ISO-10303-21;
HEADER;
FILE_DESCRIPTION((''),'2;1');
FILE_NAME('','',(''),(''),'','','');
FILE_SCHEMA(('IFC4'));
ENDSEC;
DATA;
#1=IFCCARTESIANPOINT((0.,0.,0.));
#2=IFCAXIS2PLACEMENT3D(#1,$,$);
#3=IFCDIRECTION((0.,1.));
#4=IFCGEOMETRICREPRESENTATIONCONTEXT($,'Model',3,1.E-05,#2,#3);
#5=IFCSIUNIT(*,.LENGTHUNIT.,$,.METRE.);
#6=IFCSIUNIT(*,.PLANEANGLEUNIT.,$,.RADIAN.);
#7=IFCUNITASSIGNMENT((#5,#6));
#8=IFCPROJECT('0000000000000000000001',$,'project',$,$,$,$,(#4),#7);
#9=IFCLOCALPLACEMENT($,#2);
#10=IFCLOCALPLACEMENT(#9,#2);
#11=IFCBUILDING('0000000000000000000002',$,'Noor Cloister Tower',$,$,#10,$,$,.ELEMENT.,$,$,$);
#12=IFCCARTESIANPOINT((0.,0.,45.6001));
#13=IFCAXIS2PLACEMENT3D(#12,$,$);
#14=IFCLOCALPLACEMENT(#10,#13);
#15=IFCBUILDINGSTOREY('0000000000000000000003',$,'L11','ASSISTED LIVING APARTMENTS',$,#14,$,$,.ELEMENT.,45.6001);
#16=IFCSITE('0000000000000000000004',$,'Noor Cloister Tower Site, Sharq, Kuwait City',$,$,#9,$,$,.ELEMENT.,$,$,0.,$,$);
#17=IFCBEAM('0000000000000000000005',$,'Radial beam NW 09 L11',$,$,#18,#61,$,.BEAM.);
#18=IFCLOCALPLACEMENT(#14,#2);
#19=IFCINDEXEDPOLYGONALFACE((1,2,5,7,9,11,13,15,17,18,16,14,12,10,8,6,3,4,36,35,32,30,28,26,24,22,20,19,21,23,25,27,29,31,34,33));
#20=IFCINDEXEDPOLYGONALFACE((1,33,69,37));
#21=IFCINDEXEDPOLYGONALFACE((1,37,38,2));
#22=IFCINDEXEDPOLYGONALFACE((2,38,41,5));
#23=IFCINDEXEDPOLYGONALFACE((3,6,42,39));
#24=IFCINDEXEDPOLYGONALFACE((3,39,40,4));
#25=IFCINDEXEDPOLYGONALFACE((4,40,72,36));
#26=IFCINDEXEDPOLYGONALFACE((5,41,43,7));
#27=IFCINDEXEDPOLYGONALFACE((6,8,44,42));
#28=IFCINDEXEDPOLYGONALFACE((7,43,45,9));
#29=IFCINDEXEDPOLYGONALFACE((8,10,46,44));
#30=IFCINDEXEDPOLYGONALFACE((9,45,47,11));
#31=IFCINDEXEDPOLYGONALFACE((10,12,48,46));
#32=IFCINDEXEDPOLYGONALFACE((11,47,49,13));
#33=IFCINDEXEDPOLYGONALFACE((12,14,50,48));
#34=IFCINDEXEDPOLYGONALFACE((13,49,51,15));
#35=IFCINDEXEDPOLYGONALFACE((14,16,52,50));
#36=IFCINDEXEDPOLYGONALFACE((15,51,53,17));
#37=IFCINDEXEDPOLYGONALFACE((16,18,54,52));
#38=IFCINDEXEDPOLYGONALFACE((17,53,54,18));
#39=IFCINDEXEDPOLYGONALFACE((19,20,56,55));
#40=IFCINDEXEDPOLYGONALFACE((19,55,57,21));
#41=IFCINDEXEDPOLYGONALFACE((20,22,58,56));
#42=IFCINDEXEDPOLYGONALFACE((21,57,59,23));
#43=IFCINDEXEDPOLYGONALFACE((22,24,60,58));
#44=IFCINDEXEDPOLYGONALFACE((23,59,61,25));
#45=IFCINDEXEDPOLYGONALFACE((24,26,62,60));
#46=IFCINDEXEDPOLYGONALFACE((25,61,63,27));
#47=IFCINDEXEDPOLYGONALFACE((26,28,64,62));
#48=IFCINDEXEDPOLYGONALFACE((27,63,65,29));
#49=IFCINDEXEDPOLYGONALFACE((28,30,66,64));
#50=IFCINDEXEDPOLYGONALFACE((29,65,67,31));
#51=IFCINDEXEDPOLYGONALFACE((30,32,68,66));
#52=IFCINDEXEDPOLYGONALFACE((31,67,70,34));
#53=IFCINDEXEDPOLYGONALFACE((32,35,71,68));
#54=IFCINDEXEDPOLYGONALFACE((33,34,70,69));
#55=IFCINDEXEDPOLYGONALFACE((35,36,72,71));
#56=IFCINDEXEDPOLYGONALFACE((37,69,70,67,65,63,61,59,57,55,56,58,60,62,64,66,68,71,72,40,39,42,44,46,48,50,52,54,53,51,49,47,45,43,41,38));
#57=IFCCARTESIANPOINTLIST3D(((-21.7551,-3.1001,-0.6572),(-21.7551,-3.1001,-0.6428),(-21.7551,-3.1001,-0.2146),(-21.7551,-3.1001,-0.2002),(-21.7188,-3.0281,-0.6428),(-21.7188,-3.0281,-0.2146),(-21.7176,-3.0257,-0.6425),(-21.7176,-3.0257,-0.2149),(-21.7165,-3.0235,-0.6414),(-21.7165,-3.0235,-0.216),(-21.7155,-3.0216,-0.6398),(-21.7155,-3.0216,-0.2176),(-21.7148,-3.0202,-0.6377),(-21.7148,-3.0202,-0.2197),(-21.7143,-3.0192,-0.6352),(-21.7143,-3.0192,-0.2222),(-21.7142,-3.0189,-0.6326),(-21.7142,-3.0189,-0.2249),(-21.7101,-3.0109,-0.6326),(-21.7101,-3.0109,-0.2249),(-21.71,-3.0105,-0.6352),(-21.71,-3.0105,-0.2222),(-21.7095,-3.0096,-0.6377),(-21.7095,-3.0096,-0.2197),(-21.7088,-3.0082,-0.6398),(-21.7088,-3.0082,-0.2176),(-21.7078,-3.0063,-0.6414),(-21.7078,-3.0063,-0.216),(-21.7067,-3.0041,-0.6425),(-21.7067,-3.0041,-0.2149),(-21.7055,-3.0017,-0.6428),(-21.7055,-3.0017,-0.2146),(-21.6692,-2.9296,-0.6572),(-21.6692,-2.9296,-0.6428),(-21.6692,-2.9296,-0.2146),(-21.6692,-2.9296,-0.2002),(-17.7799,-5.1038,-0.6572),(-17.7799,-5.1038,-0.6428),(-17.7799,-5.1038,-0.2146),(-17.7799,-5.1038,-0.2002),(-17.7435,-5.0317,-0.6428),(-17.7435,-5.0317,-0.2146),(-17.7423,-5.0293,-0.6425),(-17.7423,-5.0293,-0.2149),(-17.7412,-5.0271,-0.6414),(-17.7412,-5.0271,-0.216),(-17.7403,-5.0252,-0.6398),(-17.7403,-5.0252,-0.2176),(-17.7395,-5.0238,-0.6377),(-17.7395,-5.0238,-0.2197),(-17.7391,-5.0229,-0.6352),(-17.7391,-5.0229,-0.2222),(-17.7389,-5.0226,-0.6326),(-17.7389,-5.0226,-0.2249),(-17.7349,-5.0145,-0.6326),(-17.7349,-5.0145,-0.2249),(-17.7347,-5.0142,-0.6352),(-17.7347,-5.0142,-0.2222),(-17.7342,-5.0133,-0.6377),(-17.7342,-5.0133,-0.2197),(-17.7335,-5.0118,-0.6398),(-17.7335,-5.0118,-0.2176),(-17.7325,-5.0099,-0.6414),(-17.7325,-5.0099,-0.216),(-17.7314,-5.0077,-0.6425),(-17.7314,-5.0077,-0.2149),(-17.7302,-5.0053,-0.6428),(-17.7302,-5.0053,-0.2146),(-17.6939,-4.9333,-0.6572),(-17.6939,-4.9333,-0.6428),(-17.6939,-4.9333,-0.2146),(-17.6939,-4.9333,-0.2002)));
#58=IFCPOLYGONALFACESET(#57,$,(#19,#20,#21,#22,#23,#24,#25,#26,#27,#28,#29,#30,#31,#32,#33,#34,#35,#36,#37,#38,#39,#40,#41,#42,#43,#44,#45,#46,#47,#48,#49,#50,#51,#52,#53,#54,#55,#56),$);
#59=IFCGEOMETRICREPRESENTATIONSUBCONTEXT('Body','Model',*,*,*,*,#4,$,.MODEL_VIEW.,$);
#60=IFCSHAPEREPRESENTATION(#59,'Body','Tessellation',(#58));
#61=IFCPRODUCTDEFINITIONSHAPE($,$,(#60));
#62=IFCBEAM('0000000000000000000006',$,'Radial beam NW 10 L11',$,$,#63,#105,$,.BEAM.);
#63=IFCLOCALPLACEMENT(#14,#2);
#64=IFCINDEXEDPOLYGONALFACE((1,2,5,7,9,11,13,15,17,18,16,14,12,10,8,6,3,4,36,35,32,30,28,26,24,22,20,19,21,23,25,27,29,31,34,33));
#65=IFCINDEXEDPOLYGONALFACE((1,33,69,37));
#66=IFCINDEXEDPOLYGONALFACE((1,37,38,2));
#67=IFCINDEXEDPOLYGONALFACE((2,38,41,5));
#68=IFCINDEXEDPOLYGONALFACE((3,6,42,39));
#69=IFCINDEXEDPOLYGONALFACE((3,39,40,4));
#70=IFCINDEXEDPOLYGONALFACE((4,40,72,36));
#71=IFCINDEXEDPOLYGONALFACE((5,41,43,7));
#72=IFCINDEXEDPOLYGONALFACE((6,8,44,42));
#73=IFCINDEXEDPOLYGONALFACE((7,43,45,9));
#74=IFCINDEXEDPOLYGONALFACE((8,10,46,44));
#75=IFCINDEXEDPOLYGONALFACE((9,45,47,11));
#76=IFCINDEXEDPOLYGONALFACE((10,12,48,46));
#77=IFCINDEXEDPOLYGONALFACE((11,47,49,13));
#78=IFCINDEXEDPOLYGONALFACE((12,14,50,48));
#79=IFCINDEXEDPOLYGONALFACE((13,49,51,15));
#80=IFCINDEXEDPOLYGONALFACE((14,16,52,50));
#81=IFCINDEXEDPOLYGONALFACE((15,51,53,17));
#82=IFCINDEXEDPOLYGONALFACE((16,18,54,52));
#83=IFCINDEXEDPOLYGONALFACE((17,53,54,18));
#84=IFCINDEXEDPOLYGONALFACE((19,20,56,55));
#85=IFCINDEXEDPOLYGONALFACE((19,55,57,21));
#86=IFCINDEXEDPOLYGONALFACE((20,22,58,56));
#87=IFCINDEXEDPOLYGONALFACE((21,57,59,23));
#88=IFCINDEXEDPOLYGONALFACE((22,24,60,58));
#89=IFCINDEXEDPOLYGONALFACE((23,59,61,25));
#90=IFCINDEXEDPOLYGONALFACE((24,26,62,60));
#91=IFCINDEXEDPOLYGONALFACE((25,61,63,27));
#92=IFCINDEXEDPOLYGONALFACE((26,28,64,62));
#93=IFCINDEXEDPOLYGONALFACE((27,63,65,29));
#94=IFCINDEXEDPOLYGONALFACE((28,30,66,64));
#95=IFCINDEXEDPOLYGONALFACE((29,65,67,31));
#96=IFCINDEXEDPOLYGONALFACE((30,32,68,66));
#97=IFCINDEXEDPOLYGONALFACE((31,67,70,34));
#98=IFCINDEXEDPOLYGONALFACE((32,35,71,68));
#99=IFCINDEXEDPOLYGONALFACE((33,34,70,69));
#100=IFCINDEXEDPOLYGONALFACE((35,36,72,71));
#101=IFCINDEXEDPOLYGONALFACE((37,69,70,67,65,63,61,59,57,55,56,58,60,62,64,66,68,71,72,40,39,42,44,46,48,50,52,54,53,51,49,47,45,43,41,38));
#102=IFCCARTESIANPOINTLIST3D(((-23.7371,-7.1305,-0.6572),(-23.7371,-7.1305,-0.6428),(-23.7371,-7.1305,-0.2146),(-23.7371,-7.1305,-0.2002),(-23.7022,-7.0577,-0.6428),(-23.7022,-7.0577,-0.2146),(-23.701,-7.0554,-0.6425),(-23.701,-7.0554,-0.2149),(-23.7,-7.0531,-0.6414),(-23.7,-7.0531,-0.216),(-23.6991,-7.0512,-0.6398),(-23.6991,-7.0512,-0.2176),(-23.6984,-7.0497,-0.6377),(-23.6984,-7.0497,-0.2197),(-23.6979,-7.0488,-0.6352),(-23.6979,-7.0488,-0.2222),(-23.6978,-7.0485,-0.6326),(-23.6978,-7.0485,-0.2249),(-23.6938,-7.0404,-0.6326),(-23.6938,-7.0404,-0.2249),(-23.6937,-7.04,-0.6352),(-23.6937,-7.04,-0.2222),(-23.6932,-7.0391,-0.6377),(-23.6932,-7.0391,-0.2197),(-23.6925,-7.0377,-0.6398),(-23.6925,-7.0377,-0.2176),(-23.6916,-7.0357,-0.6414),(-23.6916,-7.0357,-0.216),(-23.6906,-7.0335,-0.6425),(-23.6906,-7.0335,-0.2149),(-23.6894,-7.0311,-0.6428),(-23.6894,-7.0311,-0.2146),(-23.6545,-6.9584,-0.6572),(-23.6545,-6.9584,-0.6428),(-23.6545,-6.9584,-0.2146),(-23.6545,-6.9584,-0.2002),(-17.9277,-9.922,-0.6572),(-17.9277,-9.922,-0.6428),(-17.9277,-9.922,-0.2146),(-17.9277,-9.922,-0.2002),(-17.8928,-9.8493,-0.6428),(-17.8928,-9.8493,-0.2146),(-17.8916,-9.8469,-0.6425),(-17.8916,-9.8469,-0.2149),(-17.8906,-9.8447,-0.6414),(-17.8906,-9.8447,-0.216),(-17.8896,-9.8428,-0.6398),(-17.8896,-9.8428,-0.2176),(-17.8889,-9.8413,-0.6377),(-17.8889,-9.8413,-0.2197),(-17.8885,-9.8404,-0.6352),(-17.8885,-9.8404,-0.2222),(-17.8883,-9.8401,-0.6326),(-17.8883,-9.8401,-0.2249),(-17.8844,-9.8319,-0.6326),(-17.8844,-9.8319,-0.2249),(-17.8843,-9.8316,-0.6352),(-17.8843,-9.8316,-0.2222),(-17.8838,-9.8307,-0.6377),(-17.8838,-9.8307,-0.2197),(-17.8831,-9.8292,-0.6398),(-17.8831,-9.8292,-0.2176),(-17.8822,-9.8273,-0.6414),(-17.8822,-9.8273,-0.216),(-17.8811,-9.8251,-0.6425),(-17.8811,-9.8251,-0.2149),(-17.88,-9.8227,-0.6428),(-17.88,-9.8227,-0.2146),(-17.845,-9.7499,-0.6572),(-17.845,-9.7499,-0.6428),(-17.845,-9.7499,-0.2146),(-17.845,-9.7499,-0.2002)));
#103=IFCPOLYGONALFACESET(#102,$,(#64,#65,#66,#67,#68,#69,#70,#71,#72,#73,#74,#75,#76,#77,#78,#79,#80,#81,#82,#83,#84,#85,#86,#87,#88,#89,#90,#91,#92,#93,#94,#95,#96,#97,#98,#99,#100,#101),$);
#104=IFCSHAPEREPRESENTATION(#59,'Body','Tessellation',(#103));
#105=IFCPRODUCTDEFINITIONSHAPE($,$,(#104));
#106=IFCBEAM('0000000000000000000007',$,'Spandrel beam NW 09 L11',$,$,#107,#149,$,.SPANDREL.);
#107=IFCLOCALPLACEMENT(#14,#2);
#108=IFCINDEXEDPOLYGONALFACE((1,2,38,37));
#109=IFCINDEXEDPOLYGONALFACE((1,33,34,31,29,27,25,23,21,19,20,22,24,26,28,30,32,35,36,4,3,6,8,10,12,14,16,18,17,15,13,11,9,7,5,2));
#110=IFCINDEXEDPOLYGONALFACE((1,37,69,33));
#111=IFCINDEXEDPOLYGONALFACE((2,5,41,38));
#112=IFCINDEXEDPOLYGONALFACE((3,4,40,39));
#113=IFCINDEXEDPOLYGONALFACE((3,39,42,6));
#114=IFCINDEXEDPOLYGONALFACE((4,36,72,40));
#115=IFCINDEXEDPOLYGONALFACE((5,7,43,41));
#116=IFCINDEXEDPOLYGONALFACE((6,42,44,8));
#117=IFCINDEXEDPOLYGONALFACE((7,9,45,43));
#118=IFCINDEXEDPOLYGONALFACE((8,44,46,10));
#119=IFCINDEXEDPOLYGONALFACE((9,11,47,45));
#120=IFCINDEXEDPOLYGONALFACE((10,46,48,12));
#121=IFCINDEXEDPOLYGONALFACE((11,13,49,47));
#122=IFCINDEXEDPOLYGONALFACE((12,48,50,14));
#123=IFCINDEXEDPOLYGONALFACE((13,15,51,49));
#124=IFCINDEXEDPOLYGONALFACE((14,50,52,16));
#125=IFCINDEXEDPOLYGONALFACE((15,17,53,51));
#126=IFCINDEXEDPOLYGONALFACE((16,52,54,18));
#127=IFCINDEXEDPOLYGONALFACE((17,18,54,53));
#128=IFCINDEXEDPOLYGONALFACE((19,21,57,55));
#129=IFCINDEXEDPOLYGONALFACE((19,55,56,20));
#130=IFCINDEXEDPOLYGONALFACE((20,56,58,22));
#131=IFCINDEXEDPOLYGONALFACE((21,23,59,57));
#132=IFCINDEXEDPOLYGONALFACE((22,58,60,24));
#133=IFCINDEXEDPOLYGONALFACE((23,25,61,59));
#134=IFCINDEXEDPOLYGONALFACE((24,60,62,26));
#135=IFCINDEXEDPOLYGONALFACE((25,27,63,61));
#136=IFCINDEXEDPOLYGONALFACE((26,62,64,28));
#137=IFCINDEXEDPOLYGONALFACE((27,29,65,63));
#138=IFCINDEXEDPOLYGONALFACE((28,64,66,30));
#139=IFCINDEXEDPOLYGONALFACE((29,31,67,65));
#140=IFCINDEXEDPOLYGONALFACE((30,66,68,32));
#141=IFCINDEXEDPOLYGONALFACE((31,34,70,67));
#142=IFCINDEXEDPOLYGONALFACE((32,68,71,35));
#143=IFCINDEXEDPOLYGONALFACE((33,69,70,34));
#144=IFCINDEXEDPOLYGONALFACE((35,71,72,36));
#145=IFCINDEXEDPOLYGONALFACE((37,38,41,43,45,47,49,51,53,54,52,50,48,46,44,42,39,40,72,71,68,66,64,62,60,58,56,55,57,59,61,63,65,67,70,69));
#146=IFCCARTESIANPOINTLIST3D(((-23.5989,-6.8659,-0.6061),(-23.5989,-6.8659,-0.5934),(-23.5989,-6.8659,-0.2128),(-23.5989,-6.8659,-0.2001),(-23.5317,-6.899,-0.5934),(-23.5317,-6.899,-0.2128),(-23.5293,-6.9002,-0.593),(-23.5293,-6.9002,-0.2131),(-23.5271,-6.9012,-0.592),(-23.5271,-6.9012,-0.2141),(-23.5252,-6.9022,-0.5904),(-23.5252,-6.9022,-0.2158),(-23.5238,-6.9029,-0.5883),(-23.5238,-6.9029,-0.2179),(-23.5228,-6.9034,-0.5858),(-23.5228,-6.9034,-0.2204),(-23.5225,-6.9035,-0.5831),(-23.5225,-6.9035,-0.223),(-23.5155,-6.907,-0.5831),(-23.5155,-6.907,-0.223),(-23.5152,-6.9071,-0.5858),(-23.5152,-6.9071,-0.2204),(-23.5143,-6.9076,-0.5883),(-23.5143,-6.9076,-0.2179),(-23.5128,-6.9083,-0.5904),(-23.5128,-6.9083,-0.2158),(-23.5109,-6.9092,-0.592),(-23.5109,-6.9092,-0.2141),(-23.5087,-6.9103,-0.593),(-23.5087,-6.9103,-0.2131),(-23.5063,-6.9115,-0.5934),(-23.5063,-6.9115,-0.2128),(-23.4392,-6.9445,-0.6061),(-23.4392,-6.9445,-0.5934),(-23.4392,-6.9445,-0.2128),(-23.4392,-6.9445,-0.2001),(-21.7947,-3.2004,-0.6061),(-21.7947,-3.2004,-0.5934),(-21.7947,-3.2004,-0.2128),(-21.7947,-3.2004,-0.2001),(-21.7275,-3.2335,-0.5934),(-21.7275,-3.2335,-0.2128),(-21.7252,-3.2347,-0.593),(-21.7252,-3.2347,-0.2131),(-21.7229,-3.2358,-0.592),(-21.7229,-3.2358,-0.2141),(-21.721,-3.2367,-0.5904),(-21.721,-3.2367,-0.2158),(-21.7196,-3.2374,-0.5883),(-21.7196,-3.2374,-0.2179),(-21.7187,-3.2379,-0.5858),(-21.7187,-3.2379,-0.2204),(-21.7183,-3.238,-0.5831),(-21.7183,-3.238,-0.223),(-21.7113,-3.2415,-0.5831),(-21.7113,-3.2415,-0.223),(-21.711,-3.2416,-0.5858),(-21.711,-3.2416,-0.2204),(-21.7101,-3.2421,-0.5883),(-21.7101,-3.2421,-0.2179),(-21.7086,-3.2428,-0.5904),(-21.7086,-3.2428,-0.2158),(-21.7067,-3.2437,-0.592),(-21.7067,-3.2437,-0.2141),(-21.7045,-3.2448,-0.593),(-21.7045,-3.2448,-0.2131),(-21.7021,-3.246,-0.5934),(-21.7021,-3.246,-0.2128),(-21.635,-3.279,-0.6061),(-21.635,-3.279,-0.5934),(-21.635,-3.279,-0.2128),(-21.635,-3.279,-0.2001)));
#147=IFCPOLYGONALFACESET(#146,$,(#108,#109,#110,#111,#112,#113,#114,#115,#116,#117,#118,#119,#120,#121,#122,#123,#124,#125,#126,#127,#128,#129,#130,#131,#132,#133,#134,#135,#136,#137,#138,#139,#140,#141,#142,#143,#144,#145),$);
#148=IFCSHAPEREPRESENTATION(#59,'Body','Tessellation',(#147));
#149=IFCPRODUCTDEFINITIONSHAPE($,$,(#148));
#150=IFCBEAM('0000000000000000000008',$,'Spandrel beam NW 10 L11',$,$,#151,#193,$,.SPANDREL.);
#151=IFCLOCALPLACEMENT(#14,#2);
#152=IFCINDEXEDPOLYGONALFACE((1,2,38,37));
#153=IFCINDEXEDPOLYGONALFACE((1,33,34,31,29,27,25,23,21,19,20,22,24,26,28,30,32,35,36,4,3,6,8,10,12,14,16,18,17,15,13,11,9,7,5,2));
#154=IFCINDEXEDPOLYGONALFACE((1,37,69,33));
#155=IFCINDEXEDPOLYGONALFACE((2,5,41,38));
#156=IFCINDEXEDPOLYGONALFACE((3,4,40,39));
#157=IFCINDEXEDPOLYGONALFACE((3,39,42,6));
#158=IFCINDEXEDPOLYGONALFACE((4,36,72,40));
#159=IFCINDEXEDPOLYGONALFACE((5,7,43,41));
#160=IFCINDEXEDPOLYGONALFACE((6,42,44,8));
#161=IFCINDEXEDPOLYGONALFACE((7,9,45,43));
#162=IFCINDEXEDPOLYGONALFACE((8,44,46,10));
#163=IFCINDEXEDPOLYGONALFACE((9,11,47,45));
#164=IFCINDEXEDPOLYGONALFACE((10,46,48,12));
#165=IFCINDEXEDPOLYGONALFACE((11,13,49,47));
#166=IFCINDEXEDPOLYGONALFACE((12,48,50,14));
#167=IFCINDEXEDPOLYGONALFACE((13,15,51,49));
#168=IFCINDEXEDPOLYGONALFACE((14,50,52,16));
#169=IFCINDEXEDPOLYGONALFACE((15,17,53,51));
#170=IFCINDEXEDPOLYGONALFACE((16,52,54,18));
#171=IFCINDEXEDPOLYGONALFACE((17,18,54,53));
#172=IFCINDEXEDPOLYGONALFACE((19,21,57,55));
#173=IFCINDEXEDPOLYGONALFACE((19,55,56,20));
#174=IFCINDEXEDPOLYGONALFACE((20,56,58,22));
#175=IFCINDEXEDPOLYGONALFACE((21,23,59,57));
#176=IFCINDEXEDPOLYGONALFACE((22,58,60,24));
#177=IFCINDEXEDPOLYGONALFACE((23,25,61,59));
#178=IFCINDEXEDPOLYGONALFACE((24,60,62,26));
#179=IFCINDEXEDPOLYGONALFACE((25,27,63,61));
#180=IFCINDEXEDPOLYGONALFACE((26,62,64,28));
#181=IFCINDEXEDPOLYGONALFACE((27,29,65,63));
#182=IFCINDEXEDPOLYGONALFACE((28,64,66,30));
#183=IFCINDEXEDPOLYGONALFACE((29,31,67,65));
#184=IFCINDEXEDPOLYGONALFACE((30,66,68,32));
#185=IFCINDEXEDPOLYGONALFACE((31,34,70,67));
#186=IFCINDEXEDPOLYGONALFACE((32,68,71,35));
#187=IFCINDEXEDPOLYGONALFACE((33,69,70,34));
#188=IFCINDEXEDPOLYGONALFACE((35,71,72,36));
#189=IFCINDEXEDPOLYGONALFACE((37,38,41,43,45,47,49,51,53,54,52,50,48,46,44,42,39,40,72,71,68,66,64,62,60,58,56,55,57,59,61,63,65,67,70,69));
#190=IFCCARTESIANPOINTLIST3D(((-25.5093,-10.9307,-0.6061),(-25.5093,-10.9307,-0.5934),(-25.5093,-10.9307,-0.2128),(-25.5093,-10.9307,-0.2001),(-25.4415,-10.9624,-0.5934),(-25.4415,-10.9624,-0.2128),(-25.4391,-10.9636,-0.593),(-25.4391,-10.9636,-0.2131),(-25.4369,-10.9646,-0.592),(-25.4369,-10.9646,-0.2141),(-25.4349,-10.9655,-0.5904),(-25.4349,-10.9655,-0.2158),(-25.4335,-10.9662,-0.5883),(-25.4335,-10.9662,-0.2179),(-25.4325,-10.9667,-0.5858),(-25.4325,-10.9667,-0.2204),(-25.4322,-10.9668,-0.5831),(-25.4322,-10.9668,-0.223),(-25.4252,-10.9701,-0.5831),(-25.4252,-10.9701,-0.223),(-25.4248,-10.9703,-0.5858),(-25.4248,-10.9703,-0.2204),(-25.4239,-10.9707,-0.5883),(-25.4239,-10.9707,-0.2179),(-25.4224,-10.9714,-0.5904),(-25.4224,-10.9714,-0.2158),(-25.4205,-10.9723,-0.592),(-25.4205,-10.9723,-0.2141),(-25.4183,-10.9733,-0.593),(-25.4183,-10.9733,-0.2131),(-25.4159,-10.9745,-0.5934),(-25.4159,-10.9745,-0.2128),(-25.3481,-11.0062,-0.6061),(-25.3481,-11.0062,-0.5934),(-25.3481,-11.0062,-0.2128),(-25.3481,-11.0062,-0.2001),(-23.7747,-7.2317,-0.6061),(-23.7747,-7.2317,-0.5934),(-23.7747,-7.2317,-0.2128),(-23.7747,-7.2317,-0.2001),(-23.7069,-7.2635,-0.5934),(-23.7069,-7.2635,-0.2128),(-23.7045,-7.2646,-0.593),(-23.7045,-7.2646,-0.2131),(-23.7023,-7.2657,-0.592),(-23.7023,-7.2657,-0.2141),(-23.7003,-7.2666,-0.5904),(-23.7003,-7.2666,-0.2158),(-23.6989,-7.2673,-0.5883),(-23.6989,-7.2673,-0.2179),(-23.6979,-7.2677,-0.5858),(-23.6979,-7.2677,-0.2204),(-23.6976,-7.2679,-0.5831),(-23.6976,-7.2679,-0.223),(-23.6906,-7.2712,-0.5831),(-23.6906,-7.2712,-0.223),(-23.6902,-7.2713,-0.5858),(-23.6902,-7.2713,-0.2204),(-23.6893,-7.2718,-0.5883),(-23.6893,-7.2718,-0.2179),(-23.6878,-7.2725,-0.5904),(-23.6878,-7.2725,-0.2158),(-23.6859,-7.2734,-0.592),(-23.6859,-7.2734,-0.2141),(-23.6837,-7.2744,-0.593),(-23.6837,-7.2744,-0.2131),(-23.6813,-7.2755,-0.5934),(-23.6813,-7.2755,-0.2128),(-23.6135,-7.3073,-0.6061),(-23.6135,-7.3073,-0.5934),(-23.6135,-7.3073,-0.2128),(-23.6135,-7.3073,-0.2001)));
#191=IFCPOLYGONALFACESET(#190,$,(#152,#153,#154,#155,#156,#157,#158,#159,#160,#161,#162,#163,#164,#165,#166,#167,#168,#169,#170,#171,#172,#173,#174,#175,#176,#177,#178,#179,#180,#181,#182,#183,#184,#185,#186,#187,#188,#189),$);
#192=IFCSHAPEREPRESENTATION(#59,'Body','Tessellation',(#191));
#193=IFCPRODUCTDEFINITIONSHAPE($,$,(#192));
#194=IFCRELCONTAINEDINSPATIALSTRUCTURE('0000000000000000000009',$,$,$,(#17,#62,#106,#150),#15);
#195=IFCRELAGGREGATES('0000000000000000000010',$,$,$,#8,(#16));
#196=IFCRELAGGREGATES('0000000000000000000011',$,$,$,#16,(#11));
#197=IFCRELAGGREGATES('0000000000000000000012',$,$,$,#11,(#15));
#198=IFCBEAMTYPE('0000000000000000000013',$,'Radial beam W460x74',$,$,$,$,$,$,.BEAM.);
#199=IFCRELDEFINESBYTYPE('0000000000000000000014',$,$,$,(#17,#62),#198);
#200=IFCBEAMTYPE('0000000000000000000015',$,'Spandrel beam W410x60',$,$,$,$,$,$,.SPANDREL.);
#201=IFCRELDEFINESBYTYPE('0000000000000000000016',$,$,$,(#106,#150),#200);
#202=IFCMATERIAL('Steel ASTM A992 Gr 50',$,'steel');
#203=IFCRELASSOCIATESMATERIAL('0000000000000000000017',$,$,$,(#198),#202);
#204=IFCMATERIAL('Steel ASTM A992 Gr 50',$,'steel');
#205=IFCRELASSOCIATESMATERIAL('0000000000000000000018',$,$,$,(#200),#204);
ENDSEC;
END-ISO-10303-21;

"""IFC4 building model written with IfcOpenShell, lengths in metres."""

from ifc_helpers import new_model, si_unit, direction, frame, origin, origin_2d, place, context, subcontext, project, spatial, i_section, extrude, material, material_profile, profile_set, type_object, element, save


model = new_model("IFC4")

# Units and contexts
model_context = context("Model", 3, precision=1e-05, world=origin(), true_north=direction((0.0, 1.0)))
body_context = subcontext(model_context, "Body", "Model", "MODEL_VIEW")
ifc_project = project(units=[si_unit("LENGTHUNIT", "METRE"), si_unit("PLANEANGLEUNIT", "RADIAN")], contexts=[model_context])

# Site, building, storey
site_placement = place(None, origin())
site = spatial("IfcSite", under=ifc_project, at=site_placement, Name="Noor Cloister Tower Site, Sharq, Kuwait City", CompositionType="ELEMENT", RefElevation=0.0)
building_placement = place(site_placement, origin())
building = spatial("IfcBuilding", under=site, at=building_placement, Name="Noor Cloister Tower", CompositionType="ELEMENT")
storey_placement = place(building_placement, frame((0.0, 0.0, 45.6001)))
storey = spatial("IfcBuildingStorey", under=building, at=storey_placement, Name="L11", Description="ASSISTED LIVING APARTMENTS", CompositionType="ELEMENT", Elevation=45.6001)

# Beams
ifc_material_1 = material(Name="Steel ASTM A992 Gr 50", Category="steel")
ifc_material_profile_1 = material_profile(ifc_material_1, i_section(OverallWidth=0.1909, OverallDepth=0.457, WebThickness=0.009, FlangeThickness=0.0144, FilletRadius=0.0103, at=origin_2d()), Name="W460x74")
ifc_profile_set_1 = profile_set([ifc_material_profile_1], Name="Steel ASTM A992 Gr 50")
beam_type_1 = type_object("IfcBeamType", Name="Radial beam W460x74", PredefinedType="BEAM", material=ifc_profile_set_1)
beam_1_placement = place(storey_placement, frame((-21.7122, -3.0149, -0.4287), z_axis=(0.892986, -0.450085, 0.0), x_axis=(0.450085, 0.892986, 0.0)))
element("IfcBeam", 1, at=beam_1_placement, inside=storey, type_object=beam_type_1, Name="Radial beam NW 09 L11", PredefinedType="BEAM", context=body_context, shape_type="SweptSolid", body=[
    extrude(i_section(OverallWidth=0.1909, OverallDepth=0.457, WebThickness=0.009, FlangeThickness=0.0144, FilletRadius=0.0103, at=origin_2d()), origin(), (0.0, 0.0, 1.0), 4.4517),
])
beam_2_placement = place(storey_placement, frame((-23.6958, -7.0444, -0.4287), z_axis=(0.90134, -0.433113, 0.0), x_axis=(0.433113, 0.90134, 0.0)))
element("IfcBeam", 2, at=beam_2_placement, inside=storey, type_object=beam_type_1, Name="Radial beam NW 10 L11", PredefinedType="BEAM", context=body_context, shape_type="SweptSolid", body=[
    extrude(i_section(OverallWidth=0.1909, OverallDepth=0.457, WebThickness=0.009, FlangeThickness=0.0144, FilletRadius=0.0103, at=origin_2d()), origin(), (0.0, 0.0, 1.0), 6.4453),
])
ifc_material_2 = material(Name="Steel ASTM A992 Gr 50", Category="steel")
ifc_material_profile_2 = material_profile(ifc_material_2, i_section(OverallWidth=0.178, OverallDepth=0.406, WebThickness=0.0078, FlangeThickness=0.0127, FilletRadius=0.0103, at=origin_2d()), Name="W410x60")
ifc_profile_set_2 = profile_set([ifc_material_profile_2], Name="Steel ASTM A992 Gr 50")
beam_type_2 = type_object("IfcBeamType", Name="Spandrel beam W410x60", PredefinedType="SPANDREL", material=ifc_profile_set_2)
for number, where, z_axis, x_axis, name in (
    (3, (-21.7148, -3.2397, -0.4031), (-0.441612, -0.897206, 0.0), (0.897206, -0.441612, 0.0), "Spandrel beam NW 09 L11"),
    (4, (-23.6941, -7.2695, -0.4031), (-0.424579, -0.905391, 0.0), (0.905391, -0.424579, 0.0), "Spandrel beam NW 10 L11"),
):
    element("IfcBeam", number, at=place(storey_placement, frame(where, z_axis=z_axis, x_axis=x_axis)), inside=storey, type_object=beam_type_2, Name=name, PredefinedType="SPANDREL", context=body_context, shape_type="SweptSolid", body=[
        extrude(i_section(OverallWidth=0.178, OverallDepth=0.406, WebThickness=0.0078, FlangeThickness=0.0127, FilletRadius=0.0103, at=origin_2d()), origin(), (0.0, 0.0, 1.0), 4.0854),
    ])

save(model, "model.ifc")
